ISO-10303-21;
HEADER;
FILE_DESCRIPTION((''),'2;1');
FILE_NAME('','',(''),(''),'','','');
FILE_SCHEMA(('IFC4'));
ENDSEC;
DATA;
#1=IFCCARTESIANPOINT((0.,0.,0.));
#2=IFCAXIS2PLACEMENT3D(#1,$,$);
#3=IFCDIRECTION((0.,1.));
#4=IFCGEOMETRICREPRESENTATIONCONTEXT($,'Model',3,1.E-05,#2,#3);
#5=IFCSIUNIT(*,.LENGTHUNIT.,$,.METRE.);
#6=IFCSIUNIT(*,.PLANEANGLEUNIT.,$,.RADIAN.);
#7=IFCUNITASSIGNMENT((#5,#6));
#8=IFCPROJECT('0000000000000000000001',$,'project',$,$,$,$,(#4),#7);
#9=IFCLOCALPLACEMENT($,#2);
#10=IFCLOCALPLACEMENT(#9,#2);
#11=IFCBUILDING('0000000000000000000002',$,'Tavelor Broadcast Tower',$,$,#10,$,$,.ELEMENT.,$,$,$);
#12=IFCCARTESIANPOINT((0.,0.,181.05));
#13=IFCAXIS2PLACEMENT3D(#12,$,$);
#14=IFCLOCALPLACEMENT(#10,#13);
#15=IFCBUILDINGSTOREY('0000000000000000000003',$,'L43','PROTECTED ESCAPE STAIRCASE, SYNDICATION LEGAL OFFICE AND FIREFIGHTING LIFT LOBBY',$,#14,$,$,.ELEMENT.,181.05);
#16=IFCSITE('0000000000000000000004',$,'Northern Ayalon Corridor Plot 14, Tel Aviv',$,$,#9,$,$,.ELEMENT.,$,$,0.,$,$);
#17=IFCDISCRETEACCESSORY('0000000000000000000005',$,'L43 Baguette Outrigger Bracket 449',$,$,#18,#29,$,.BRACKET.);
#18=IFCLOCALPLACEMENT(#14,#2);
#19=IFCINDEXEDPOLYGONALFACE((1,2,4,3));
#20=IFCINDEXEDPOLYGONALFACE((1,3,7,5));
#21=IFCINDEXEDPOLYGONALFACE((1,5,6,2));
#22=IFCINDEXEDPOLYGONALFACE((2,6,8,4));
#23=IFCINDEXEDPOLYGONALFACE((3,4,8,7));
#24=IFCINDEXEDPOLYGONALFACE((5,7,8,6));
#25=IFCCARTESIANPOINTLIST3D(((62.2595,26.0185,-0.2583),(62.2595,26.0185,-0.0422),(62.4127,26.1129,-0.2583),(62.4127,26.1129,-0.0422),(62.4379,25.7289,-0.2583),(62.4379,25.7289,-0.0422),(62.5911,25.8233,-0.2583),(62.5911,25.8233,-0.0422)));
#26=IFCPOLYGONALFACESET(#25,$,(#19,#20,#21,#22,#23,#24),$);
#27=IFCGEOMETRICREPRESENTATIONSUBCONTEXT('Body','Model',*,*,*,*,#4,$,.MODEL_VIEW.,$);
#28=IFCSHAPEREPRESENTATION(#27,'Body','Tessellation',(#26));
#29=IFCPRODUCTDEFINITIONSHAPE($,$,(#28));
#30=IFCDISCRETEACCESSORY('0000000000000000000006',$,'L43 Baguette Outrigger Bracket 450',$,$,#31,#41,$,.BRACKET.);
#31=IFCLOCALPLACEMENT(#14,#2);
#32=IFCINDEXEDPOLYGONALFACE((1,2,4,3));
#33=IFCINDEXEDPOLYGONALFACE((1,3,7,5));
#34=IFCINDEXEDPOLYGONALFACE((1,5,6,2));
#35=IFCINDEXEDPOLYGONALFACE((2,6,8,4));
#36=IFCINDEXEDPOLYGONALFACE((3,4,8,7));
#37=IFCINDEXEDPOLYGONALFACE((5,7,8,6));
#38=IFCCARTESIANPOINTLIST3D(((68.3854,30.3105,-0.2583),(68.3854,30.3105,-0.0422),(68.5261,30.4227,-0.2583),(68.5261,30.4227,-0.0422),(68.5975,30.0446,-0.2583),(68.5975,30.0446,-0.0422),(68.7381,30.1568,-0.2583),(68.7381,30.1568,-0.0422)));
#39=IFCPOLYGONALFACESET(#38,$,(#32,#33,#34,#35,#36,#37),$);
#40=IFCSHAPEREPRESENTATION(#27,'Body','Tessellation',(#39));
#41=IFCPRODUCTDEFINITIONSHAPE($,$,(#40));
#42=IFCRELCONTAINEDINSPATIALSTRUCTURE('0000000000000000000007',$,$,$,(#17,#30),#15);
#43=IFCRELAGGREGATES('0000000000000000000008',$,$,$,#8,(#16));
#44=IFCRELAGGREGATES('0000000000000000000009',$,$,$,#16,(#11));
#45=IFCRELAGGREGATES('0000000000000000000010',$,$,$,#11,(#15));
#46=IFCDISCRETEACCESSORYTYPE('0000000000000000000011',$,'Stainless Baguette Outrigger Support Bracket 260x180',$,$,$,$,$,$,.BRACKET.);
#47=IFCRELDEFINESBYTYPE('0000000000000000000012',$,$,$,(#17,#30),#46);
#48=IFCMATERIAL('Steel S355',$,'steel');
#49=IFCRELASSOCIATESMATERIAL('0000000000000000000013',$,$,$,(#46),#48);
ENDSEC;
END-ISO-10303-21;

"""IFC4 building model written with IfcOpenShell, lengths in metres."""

from ifc_helpers import new_model, si_unit, direction, frame, origin, origin_2d, place, context, subcontext, project, spatial, rectangle, extrude, source, transform, mapped, material, type_object, type_shapes, element, save


model = new_model("IFC4")

# Units and contexts
model_context = context("Model", 3, precision=1e-05, world=origin(), true_north=direction((0.0, 1.0)))
body_context = subcontext(model_context, "Body", "Model", "MODEL_VIEW")
ifc_project = project(units=[si_unit("LENGTHUNIT", "METRE"), si_unit("PLANEANGLEUNIT", "RADIAN")], contexts=[model_context])

# Site, building, storey
site_placement = place(None, origin())
site = spatial("IfcSite", under=ifc_project, at=site_placement, Name="Northern Ayalon Corridor Plot 14, Tel Aviv", CompositionType="ELEMENT", RefElevation=0.0)
building_placement = place(site_placement, origin())
building = spatial("IfcBuilding", under=site, at=building_placement, Name="Tavelor Broadcast Tower", CompositionType="ELEMENT")
storey_placement = place(building_placement, frame((0.0, 0.0, 181.05)))
storey = spatial("IfcBuildingStorey", under=building, at=storey_placement, Name="L43", Description="PROTECTED ESCAPE STAIRCASE, SYNDICATION LEGAL OFFICE AND FIREFIGHTING LIFT LOBBY", CompositionType="ELEMENT", Elevation=181.05)

# Shared definitions
ifc_material_1 = material(Name="Steel S355", Category="steel")

# Discrete accessories
discrete_accessory_type = type_object("IfcDiscreteAccessoryType", Name="Stainless Baguette Outrigger Support Bracket 260x180", PredefinedType="BRACKET", material=ifc_material_1)
shared_shape_1 = source(origin(), body_context, "Body", "SweptSolid", [
    extrude(rectangle(XDim=0.1799, YDim=0.3401, at=origin_2d()), origin(), (0.0, 0.0, 1.0), 0.2161),
])
type_shapes(discrete_accessory_type, [shared_shape_1])
for number, where, z_axis, x_axis, name in (
    (1, (62.4253, 25.9209, -0.2583), (0.0, 0.0, 1.0), (0.851452, 0.524432, 0.0), "L43 Baguette Outrigger Bracket 449"),
    (2, (68.5618, 30.2336, -0.2583), (0.0, 0.0, 1.0), (0.781738, 0.623607, 0.0), "L43 Baguette Outrigger Bracket 450"),
):
    element("IfcDiscreteAccessory", number, at=place(storey_placement, frame(where, z_axis=z_axis, x_axis=x_axis)), inside=storey, type_object=discrete_accessory_type, Name=name, PredefinedType="BRACKET", context=body_context, shape_type="MappedRepresentation", body=[
        mapped(shared_shape_1, transform((0.0, 0.0, 0.0), scale=1.0)),
    ])

save(model, "model.ifc")
